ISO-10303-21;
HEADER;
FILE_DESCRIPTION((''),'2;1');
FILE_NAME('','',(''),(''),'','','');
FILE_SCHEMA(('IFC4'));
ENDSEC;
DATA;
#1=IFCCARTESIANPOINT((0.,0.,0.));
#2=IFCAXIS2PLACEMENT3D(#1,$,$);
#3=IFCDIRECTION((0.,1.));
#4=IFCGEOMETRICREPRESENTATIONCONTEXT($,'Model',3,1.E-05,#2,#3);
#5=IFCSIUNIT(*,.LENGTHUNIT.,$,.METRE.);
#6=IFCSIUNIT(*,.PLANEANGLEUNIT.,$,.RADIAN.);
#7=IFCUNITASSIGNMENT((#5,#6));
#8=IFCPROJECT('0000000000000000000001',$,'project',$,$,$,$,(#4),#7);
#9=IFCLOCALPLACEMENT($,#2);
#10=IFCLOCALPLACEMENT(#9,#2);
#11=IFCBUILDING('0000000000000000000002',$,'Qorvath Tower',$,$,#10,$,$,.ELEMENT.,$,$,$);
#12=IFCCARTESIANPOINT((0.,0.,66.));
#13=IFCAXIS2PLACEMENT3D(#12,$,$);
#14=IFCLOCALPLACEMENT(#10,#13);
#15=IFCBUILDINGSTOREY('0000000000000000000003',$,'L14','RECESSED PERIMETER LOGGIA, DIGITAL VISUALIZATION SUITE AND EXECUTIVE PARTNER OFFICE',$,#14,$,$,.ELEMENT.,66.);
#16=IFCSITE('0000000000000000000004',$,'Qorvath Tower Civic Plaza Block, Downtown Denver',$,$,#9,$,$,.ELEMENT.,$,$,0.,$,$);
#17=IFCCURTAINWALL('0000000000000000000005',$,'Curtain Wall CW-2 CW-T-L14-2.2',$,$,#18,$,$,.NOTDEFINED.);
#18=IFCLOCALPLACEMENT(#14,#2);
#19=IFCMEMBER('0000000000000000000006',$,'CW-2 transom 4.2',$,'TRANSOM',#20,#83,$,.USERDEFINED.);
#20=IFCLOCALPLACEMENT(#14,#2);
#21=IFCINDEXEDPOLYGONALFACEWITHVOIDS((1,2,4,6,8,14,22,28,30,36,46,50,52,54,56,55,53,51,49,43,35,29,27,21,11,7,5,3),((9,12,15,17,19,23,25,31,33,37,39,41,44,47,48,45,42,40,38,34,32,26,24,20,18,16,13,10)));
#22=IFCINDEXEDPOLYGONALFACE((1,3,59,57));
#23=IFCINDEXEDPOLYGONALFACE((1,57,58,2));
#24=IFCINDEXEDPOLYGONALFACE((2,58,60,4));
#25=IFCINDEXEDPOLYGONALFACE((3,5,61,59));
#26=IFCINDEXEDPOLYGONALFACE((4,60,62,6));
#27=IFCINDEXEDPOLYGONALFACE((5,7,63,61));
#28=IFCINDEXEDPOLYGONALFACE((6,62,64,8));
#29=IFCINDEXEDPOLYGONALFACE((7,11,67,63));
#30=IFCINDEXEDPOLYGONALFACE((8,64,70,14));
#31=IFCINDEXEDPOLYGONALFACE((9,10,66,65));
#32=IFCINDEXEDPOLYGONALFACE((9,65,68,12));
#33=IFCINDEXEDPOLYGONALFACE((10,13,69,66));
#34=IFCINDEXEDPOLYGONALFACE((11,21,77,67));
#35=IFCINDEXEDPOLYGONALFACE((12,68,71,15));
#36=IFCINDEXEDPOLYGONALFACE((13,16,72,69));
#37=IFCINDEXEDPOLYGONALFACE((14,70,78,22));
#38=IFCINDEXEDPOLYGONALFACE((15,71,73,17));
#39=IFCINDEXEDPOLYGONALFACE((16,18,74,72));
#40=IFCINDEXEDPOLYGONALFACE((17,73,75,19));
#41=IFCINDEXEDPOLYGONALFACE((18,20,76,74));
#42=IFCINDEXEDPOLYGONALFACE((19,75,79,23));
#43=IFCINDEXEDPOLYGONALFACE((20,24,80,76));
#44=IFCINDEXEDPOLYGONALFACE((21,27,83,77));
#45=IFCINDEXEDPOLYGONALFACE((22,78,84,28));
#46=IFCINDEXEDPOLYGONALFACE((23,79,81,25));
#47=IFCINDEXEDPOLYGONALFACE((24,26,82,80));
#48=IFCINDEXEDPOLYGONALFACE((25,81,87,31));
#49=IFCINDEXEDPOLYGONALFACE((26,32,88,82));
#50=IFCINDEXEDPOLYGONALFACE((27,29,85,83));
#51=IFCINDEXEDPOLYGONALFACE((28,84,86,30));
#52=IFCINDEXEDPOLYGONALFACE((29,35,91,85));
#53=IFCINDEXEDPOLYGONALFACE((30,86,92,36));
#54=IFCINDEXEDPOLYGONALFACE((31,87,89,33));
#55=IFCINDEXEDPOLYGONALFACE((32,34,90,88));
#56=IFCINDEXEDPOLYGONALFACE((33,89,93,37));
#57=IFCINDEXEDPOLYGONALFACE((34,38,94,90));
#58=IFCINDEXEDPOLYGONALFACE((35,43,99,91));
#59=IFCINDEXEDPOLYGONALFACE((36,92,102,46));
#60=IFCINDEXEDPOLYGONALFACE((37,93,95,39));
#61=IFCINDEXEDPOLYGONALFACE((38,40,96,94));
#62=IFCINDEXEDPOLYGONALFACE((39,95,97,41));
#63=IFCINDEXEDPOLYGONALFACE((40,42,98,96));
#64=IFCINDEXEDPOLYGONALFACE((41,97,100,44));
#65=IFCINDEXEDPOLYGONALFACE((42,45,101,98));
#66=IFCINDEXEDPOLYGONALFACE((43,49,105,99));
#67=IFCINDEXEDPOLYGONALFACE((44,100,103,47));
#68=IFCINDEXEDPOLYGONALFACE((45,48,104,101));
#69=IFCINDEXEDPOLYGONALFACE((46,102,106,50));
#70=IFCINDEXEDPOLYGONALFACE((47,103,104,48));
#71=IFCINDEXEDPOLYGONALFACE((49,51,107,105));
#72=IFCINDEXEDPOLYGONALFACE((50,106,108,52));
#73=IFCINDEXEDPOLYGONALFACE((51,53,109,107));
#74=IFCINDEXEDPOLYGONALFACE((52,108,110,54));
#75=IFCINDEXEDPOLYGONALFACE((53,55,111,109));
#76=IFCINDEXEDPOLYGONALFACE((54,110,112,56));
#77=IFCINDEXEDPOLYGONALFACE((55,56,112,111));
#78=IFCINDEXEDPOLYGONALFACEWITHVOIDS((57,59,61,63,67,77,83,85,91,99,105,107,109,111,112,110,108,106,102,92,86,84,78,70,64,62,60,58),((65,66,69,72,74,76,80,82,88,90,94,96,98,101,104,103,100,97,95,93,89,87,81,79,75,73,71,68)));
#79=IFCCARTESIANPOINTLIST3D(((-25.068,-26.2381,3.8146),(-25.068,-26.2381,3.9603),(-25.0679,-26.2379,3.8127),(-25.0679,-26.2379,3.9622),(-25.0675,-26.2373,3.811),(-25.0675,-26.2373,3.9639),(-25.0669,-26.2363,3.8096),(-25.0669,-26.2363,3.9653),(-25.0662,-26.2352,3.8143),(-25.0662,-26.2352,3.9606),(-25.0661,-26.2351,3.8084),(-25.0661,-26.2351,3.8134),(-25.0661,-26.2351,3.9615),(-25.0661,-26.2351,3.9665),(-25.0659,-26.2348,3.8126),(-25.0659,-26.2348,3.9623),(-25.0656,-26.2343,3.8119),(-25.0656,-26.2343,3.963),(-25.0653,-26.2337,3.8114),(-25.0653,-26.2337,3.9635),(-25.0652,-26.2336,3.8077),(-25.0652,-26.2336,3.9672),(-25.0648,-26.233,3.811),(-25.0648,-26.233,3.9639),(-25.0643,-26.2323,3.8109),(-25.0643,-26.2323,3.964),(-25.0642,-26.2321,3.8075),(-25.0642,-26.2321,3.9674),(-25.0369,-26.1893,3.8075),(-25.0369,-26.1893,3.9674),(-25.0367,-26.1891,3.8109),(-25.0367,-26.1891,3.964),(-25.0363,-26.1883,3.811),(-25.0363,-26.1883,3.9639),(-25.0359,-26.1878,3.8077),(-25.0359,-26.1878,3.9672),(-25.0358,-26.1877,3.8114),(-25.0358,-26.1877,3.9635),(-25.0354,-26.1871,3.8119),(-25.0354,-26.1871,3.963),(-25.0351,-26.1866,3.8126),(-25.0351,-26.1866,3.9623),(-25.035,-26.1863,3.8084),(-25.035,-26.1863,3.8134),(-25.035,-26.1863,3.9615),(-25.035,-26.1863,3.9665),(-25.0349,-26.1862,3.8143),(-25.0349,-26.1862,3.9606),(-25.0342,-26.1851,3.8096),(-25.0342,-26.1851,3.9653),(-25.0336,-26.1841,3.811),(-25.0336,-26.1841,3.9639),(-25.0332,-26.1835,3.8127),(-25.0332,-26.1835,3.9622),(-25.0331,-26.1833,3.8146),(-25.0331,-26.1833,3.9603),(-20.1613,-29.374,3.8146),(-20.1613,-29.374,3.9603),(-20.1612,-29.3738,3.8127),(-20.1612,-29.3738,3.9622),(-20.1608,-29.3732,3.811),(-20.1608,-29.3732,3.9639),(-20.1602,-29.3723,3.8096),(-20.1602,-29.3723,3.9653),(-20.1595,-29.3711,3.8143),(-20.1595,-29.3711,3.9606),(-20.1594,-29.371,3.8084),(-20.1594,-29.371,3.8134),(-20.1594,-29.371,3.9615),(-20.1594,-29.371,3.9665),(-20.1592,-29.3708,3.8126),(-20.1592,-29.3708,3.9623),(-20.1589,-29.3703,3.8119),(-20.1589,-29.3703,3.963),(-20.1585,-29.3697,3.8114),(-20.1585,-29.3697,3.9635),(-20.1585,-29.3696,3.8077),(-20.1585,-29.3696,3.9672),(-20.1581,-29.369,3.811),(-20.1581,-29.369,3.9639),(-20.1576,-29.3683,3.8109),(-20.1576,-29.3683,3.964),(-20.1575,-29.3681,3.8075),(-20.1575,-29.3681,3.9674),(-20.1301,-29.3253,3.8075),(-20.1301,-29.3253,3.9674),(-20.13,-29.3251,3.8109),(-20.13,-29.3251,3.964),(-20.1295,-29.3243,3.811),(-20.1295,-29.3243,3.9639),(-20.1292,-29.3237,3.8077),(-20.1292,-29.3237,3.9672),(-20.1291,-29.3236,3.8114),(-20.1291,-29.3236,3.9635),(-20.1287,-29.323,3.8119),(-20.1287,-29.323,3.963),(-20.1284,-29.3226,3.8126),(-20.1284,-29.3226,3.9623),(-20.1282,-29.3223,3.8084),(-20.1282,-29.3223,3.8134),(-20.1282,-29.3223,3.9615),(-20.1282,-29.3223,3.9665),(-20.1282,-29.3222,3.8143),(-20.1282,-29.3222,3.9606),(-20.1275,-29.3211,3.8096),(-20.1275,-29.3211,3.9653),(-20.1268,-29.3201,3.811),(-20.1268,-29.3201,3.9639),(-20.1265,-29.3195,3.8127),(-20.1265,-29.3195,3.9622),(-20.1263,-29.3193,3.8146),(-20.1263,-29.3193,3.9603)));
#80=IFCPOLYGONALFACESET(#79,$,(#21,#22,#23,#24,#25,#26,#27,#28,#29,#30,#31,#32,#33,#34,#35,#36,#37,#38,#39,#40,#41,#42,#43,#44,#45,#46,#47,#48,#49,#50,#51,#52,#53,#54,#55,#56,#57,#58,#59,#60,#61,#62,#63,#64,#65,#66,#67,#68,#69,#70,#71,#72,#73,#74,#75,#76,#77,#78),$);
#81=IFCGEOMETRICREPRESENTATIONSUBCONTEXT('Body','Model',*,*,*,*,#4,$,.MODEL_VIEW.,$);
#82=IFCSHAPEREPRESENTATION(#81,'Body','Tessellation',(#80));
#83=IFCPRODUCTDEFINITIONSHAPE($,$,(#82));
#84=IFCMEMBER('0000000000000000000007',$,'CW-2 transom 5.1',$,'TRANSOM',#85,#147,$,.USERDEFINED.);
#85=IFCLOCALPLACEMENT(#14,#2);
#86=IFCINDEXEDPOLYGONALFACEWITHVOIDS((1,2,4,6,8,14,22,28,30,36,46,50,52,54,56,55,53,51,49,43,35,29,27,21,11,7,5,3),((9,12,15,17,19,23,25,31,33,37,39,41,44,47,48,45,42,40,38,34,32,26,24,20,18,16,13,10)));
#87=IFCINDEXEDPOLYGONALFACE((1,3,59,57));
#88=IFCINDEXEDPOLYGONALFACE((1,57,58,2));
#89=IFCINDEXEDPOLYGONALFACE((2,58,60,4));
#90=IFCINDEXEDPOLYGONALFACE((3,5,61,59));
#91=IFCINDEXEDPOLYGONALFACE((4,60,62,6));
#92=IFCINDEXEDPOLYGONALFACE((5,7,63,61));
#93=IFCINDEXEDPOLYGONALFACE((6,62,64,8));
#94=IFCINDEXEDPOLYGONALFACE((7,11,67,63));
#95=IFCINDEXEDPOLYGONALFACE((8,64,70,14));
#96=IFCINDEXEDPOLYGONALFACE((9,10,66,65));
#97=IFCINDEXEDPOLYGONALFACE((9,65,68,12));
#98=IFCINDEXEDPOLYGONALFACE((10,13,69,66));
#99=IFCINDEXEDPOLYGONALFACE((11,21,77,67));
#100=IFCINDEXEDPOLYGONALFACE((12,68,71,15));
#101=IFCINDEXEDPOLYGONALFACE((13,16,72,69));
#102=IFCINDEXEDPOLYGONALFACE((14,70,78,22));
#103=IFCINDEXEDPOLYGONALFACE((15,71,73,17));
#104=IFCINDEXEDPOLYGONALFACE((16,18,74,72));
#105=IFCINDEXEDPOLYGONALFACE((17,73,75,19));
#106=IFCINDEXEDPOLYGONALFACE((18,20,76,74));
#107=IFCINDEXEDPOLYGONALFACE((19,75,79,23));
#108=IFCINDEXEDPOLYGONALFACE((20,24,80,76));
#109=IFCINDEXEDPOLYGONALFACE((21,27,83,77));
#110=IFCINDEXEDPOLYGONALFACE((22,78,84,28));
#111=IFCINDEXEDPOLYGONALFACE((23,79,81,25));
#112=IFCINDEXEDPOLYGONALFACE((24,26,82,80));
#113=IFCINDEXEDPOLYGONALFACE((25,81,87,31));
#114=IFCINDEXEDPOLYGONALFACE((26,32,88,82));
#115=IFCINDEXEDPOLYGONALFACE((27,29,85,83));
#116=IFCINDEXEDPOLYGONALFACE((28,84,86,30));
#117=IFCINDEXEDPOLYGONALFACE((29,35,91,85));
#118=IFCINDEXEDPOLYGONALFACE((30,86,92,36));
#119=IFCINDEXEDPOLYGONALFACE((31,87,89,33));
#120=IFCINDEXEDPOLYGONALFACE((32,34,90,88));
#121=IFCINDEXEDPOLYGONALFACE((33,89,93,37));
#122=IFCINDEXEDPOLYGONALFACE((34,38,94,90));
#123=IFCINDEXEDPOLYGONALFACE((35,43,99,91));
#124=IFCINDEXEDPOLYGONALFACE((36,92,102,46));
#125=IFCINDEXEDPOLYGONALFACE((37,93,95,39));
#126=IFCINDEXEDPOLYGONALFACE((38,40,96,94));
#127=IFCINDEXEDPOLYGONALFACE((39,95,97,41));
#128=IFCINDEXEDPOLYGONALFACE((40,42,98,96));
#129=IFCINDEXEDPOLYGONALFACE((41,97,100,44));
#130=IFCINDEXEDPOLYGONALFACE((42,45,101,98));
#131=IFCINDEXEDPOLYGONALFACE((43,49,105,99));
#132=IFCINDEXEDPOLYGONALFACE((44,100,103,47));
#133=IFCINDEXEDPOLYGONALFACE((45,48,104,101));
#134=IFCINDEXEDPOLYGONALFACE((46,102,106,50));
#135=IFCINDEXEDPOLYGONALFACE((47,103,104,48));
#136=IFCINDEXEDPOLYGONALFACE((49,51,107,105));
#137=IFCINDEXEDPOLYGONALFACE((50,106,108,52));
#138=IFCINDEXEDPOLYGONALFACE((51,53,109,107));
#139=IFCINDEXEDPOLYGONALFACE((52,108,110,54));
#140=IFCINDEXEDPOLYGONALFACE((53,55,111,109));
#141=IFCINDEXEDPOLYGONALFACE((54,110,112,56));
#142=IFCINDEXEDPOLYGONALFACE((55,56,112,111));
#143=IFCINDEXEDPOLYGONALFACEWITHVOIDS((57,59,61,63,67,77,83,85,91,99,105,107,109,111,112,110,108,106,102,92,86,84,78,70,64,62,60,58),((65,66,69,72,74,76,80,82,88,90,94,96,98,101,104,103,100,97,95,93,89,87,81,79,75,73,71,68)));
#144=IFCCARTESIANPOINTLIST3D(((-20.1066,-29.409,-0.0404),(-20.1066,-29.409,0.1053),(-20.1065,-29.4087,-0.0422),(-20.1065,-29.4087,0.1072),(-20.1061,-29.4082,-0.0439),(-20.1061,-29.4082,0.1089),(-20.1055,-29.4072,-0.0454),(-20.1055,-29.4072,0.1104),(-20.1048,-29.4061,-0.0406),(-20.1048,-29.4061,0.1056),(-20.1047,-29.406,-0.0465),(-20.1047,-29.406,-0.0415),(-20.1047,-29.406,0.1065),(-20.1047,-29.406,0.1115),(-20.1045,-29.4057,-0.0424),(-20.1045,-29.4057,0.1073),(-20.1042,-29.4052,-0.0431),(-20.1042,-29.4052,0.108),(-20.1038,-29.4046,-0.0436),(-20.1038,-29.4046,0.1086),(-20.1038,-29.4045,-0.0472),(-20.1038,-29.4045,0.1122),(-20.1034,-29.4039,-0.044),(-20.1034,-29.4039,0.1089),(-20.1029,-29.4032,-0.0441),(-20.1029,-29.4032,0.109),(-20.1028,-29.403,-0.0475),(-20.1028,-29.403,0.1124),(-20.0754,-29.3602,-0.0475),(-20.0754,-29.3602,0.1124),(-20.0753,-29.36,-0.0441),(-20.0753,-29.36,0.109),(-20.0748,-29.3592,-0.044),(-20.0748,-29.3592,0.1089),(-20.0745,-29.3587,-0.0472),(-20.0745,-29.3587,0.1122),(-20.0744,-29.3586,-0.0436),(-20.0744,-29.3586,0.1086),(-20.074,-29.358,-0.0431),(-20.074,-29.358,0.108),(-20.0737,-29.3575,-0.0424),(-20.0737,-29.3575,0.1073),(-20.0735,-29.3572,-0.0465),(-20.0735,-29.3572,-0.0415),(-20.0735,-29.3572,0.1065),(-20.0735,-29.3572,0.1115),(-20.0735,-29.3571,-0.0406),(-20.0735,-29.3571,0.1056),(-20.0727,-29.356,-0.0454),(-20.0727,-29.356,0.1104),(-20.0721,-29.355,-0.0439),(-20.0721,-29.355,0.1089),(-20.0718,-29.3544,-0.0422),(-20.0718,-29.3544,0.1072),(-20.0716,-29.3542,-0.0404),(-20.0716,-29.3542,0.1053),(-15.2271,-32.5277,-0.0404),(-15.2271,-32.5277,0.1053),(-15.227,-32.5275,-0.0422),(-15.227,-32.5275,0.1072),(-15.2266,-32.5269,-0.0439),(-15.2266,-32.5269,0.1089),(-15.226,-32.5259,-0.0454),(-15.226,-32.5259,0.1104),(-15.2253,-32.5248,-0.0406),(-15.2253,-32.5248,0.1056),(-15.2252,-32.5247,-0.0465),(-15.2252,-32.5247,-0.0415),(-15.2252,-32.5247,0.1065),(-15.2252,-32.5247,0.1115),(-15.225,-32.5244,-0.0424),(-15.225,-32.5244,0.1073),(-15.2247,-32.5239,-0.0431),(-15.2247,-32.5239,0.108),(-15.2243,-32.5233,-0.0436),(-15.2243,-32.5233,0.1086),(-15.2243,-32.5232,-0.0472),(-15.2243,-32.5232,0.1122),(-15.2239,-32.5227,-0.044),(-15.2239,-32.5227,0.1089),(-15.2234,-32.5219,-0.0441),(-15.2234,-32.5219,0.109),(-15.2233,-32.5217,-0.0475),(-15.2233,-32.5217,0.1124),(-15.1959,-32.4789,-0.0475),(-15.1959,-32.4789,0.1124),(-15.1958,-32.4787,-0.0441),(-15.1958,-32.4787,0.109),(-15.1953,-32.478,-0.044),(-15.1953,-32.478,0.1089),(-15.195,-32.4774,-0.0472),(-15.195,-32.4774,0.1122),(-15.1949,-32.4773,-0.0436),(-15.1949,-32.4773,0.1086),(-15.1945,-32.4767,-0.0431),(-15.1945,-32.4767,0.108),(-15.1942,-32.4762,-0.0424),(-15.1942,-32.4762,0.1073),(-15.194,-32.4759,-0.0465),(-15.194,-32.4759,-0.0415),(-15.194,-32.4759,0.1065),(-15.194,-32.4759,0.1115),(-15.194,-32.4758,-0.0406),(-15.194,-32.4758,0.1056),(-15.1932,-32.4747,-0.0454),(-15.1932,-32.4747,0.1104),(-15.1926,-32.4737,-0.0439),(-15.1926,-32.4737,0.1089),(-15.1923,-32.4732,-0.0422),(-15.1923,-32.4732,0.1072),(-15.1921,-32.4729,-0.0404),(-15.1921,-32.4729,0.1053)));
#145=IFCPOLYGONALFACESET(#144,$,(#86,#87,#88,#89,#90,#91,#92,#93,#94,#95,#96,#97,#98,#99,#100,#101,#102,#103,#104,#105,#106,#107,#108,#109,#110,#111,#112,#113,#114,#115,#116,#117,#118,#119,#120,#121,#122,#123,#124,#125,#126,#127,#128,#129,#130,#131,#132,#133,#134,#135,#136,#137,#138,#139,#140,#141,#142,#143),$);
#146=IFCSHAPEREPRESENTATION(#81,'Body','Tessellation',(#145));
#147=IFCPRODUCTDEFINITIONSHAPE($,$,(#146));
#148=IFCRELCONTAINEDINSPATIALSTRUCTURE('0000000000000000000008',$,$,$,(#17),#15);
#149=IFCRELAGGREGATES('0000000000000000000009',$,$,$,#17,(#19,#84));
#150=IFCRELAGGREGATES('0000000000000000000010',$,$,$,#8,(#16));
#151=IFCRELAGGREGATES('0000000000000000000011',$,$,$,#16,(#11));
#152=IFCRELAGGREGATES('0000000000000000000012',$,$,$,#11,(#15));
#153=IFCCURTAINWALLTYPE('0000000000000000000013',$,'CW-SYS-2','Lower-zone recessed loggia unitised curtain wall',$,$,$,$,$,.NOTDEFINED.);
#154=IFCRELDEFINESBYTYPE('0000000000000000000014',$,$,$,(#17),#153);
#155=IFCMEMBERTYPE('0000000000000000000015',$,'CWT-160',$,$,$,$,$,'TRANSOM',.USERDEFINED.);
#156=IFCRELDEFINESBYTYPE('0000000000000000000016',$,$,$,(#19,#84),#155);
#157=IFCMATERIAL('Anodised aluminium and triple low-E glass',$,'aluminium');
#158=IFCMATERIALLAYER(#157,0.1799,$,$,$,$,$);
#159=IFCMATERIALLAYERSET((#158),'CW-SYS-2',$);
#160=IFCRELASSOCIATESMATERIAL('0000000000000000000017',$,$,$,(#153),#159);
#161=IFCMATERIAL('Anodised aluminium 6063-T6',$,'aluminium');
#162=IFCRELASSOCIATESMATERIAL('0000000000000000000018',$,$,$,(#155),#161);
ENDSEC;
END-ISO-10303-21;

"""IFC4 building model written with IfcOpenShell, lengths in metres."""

from ifc_helpers import new_model, si_unit, direction, frame, origin, origin_2d, place, context, subcontext, project, spatial, hollow_rectangle, extrude, material, layer, layer_set, material_profile, profile_set, type_object, element, aggregate, save


model = new_model("IFC4")

# Units and contexts
model_context = context("Model", 3, precision=1e-05, world=origin(), true_north=direction((0.0, 1.0)))
body_context = subcontext(model_context, "Body", "Model", "MODEL_VIEW")
ifc_project = project(units=[si_unit("LENGTHUNIT", "METRE"), si_unit("PLANEANGLEUNIT", "RADIAN")], contexts=[model_context])

# Site, building, storey
site_placement = place(None, origin())
site = spatial("IfcSite", under=ifc_project, at=site_placement, Name="Qorvath Tower Civic Plaza Block, Downtown Denver", CompositionType="ELEMENT", RefElevation=0.0)
building_placement = place(site_placement, origin())
building = spatial("IfcBuilding", under=site, at=building_placement, Name="Qorvath Tower", CompositionType="ELEMENT")
storey_placement = place(building_placement, frame((0.0, 0.0, 66.0)))
storey = spatial("IfcBuildingStorey", under=building, at=storey_placement, Name="L14", Description="RECESSED PERIMETER LOGGIA, DIGITAL VISUALIZATION SUITE AND EXECUTIVE PARTNER OFFICE", CompositionType="ELEMENT", Elevation=66.0)

# Curtain wall, members
ifc_material_1 = material(Name="Anodised aluminium and triple low-E glass", Category="aluminium")
ifc_layer_1 = layer(ifc_material_1, 0.1799)
ifc_layer_set_1 = layer_set([ifc_layer_1], Name="CW-SYS-2")
curtain_wall_type = type_object("IfcCurtainWallType", Name="CW-SYS-2", Description="Lower-zone recessed loggia unitised curtain wall", PredefinedType="NOTDEFINED", material=ifc_layer_set_1)
curtain_wall_placement = place(storey_placement, origin())
curtain_wall = element("IfcCurtainWall", 1, at=curtain_wall_placement, inside=storey, type_object=curtain_wall_type, Name="Curtain Wall CW-2 CW-T-L14-2.2", PredefinedType="NOTDEFINED")
ifc_material_2 = material(Name="Anodised aluminium 6063-T6", Category="aluminium")
ifc_material_profile_1 = material_profile(ifc_material_2, hollow_rectangle(XDim=0.0649, YDim=0.1599, WallThickness=0.0034, InnerFilletRadius=0.0034, OuterFilletRadius=0.0071, at=origin_2d()), Name="CWT 160x65")
ifc_profile_set_1 = profile_set([ifc_material_profile_1], Name="Anodised aluminium 6063-T6")
member_type_1 = type_object("IfcMemberType", Name="CWT-160", ElementType="TRANSOM", PredefinedType="USERDEFINED", material=ifc_profile_set_1)
member_1_placement = place(storey_placement, frame((-25.0505, -26.2107, 3.8875), z_axis=(0.842609, -0.538527, 0.0), x_axis=(0.538527, 0.842609, 0.0)))
member_1 = element("IfcMember", 2, at=member_1_placement, type_object=member_type_1, Name="CW-2 transom 4.2", ObjectType="TRANSOM", PredefinedType="USERDEFINED", context=body_context, shape_type="SweptSolid", body=[
    extrude(hollow_rectangle(XDim=0.0649, YDim=0.1599, WallThickness=0.0034, InnerFilletRadius=0.0034, OuterFilletRadius=0.0071, at=origin_2d()), origin(), (0.0, 0.0, 1.0), 5.8232),
])
member_2_placement = place(storey_placement, frame((-20.0891, -29.3816, 0.0325), z_axis=(0.842597, -0.538544, 0.0), x_axis=(0.538544, 0.842597, 0.0)))
member_2 = element("IfcMember", 3, at=member_2_placement, type_object=member_type_1, Name="CW-2 transom 5.1", ObjectType="TRANSOM", PredefinedType="USERDEFINED", context=body_context, shape_type="SweptSolid", body=[
    extrude(hollow_rectangle(XDim=0.0649, YDim=0.1599, WallThickness=0.0034, InnerFilletRadius=0.0034, OuterFilletRadius=0.0071, at=origin_2d()), origin(), (0.0, 0.0, 1.0), 5.791),
])
aggregate(curtain_wall, [member_1, member_2])

save(model, "model.ifc")
